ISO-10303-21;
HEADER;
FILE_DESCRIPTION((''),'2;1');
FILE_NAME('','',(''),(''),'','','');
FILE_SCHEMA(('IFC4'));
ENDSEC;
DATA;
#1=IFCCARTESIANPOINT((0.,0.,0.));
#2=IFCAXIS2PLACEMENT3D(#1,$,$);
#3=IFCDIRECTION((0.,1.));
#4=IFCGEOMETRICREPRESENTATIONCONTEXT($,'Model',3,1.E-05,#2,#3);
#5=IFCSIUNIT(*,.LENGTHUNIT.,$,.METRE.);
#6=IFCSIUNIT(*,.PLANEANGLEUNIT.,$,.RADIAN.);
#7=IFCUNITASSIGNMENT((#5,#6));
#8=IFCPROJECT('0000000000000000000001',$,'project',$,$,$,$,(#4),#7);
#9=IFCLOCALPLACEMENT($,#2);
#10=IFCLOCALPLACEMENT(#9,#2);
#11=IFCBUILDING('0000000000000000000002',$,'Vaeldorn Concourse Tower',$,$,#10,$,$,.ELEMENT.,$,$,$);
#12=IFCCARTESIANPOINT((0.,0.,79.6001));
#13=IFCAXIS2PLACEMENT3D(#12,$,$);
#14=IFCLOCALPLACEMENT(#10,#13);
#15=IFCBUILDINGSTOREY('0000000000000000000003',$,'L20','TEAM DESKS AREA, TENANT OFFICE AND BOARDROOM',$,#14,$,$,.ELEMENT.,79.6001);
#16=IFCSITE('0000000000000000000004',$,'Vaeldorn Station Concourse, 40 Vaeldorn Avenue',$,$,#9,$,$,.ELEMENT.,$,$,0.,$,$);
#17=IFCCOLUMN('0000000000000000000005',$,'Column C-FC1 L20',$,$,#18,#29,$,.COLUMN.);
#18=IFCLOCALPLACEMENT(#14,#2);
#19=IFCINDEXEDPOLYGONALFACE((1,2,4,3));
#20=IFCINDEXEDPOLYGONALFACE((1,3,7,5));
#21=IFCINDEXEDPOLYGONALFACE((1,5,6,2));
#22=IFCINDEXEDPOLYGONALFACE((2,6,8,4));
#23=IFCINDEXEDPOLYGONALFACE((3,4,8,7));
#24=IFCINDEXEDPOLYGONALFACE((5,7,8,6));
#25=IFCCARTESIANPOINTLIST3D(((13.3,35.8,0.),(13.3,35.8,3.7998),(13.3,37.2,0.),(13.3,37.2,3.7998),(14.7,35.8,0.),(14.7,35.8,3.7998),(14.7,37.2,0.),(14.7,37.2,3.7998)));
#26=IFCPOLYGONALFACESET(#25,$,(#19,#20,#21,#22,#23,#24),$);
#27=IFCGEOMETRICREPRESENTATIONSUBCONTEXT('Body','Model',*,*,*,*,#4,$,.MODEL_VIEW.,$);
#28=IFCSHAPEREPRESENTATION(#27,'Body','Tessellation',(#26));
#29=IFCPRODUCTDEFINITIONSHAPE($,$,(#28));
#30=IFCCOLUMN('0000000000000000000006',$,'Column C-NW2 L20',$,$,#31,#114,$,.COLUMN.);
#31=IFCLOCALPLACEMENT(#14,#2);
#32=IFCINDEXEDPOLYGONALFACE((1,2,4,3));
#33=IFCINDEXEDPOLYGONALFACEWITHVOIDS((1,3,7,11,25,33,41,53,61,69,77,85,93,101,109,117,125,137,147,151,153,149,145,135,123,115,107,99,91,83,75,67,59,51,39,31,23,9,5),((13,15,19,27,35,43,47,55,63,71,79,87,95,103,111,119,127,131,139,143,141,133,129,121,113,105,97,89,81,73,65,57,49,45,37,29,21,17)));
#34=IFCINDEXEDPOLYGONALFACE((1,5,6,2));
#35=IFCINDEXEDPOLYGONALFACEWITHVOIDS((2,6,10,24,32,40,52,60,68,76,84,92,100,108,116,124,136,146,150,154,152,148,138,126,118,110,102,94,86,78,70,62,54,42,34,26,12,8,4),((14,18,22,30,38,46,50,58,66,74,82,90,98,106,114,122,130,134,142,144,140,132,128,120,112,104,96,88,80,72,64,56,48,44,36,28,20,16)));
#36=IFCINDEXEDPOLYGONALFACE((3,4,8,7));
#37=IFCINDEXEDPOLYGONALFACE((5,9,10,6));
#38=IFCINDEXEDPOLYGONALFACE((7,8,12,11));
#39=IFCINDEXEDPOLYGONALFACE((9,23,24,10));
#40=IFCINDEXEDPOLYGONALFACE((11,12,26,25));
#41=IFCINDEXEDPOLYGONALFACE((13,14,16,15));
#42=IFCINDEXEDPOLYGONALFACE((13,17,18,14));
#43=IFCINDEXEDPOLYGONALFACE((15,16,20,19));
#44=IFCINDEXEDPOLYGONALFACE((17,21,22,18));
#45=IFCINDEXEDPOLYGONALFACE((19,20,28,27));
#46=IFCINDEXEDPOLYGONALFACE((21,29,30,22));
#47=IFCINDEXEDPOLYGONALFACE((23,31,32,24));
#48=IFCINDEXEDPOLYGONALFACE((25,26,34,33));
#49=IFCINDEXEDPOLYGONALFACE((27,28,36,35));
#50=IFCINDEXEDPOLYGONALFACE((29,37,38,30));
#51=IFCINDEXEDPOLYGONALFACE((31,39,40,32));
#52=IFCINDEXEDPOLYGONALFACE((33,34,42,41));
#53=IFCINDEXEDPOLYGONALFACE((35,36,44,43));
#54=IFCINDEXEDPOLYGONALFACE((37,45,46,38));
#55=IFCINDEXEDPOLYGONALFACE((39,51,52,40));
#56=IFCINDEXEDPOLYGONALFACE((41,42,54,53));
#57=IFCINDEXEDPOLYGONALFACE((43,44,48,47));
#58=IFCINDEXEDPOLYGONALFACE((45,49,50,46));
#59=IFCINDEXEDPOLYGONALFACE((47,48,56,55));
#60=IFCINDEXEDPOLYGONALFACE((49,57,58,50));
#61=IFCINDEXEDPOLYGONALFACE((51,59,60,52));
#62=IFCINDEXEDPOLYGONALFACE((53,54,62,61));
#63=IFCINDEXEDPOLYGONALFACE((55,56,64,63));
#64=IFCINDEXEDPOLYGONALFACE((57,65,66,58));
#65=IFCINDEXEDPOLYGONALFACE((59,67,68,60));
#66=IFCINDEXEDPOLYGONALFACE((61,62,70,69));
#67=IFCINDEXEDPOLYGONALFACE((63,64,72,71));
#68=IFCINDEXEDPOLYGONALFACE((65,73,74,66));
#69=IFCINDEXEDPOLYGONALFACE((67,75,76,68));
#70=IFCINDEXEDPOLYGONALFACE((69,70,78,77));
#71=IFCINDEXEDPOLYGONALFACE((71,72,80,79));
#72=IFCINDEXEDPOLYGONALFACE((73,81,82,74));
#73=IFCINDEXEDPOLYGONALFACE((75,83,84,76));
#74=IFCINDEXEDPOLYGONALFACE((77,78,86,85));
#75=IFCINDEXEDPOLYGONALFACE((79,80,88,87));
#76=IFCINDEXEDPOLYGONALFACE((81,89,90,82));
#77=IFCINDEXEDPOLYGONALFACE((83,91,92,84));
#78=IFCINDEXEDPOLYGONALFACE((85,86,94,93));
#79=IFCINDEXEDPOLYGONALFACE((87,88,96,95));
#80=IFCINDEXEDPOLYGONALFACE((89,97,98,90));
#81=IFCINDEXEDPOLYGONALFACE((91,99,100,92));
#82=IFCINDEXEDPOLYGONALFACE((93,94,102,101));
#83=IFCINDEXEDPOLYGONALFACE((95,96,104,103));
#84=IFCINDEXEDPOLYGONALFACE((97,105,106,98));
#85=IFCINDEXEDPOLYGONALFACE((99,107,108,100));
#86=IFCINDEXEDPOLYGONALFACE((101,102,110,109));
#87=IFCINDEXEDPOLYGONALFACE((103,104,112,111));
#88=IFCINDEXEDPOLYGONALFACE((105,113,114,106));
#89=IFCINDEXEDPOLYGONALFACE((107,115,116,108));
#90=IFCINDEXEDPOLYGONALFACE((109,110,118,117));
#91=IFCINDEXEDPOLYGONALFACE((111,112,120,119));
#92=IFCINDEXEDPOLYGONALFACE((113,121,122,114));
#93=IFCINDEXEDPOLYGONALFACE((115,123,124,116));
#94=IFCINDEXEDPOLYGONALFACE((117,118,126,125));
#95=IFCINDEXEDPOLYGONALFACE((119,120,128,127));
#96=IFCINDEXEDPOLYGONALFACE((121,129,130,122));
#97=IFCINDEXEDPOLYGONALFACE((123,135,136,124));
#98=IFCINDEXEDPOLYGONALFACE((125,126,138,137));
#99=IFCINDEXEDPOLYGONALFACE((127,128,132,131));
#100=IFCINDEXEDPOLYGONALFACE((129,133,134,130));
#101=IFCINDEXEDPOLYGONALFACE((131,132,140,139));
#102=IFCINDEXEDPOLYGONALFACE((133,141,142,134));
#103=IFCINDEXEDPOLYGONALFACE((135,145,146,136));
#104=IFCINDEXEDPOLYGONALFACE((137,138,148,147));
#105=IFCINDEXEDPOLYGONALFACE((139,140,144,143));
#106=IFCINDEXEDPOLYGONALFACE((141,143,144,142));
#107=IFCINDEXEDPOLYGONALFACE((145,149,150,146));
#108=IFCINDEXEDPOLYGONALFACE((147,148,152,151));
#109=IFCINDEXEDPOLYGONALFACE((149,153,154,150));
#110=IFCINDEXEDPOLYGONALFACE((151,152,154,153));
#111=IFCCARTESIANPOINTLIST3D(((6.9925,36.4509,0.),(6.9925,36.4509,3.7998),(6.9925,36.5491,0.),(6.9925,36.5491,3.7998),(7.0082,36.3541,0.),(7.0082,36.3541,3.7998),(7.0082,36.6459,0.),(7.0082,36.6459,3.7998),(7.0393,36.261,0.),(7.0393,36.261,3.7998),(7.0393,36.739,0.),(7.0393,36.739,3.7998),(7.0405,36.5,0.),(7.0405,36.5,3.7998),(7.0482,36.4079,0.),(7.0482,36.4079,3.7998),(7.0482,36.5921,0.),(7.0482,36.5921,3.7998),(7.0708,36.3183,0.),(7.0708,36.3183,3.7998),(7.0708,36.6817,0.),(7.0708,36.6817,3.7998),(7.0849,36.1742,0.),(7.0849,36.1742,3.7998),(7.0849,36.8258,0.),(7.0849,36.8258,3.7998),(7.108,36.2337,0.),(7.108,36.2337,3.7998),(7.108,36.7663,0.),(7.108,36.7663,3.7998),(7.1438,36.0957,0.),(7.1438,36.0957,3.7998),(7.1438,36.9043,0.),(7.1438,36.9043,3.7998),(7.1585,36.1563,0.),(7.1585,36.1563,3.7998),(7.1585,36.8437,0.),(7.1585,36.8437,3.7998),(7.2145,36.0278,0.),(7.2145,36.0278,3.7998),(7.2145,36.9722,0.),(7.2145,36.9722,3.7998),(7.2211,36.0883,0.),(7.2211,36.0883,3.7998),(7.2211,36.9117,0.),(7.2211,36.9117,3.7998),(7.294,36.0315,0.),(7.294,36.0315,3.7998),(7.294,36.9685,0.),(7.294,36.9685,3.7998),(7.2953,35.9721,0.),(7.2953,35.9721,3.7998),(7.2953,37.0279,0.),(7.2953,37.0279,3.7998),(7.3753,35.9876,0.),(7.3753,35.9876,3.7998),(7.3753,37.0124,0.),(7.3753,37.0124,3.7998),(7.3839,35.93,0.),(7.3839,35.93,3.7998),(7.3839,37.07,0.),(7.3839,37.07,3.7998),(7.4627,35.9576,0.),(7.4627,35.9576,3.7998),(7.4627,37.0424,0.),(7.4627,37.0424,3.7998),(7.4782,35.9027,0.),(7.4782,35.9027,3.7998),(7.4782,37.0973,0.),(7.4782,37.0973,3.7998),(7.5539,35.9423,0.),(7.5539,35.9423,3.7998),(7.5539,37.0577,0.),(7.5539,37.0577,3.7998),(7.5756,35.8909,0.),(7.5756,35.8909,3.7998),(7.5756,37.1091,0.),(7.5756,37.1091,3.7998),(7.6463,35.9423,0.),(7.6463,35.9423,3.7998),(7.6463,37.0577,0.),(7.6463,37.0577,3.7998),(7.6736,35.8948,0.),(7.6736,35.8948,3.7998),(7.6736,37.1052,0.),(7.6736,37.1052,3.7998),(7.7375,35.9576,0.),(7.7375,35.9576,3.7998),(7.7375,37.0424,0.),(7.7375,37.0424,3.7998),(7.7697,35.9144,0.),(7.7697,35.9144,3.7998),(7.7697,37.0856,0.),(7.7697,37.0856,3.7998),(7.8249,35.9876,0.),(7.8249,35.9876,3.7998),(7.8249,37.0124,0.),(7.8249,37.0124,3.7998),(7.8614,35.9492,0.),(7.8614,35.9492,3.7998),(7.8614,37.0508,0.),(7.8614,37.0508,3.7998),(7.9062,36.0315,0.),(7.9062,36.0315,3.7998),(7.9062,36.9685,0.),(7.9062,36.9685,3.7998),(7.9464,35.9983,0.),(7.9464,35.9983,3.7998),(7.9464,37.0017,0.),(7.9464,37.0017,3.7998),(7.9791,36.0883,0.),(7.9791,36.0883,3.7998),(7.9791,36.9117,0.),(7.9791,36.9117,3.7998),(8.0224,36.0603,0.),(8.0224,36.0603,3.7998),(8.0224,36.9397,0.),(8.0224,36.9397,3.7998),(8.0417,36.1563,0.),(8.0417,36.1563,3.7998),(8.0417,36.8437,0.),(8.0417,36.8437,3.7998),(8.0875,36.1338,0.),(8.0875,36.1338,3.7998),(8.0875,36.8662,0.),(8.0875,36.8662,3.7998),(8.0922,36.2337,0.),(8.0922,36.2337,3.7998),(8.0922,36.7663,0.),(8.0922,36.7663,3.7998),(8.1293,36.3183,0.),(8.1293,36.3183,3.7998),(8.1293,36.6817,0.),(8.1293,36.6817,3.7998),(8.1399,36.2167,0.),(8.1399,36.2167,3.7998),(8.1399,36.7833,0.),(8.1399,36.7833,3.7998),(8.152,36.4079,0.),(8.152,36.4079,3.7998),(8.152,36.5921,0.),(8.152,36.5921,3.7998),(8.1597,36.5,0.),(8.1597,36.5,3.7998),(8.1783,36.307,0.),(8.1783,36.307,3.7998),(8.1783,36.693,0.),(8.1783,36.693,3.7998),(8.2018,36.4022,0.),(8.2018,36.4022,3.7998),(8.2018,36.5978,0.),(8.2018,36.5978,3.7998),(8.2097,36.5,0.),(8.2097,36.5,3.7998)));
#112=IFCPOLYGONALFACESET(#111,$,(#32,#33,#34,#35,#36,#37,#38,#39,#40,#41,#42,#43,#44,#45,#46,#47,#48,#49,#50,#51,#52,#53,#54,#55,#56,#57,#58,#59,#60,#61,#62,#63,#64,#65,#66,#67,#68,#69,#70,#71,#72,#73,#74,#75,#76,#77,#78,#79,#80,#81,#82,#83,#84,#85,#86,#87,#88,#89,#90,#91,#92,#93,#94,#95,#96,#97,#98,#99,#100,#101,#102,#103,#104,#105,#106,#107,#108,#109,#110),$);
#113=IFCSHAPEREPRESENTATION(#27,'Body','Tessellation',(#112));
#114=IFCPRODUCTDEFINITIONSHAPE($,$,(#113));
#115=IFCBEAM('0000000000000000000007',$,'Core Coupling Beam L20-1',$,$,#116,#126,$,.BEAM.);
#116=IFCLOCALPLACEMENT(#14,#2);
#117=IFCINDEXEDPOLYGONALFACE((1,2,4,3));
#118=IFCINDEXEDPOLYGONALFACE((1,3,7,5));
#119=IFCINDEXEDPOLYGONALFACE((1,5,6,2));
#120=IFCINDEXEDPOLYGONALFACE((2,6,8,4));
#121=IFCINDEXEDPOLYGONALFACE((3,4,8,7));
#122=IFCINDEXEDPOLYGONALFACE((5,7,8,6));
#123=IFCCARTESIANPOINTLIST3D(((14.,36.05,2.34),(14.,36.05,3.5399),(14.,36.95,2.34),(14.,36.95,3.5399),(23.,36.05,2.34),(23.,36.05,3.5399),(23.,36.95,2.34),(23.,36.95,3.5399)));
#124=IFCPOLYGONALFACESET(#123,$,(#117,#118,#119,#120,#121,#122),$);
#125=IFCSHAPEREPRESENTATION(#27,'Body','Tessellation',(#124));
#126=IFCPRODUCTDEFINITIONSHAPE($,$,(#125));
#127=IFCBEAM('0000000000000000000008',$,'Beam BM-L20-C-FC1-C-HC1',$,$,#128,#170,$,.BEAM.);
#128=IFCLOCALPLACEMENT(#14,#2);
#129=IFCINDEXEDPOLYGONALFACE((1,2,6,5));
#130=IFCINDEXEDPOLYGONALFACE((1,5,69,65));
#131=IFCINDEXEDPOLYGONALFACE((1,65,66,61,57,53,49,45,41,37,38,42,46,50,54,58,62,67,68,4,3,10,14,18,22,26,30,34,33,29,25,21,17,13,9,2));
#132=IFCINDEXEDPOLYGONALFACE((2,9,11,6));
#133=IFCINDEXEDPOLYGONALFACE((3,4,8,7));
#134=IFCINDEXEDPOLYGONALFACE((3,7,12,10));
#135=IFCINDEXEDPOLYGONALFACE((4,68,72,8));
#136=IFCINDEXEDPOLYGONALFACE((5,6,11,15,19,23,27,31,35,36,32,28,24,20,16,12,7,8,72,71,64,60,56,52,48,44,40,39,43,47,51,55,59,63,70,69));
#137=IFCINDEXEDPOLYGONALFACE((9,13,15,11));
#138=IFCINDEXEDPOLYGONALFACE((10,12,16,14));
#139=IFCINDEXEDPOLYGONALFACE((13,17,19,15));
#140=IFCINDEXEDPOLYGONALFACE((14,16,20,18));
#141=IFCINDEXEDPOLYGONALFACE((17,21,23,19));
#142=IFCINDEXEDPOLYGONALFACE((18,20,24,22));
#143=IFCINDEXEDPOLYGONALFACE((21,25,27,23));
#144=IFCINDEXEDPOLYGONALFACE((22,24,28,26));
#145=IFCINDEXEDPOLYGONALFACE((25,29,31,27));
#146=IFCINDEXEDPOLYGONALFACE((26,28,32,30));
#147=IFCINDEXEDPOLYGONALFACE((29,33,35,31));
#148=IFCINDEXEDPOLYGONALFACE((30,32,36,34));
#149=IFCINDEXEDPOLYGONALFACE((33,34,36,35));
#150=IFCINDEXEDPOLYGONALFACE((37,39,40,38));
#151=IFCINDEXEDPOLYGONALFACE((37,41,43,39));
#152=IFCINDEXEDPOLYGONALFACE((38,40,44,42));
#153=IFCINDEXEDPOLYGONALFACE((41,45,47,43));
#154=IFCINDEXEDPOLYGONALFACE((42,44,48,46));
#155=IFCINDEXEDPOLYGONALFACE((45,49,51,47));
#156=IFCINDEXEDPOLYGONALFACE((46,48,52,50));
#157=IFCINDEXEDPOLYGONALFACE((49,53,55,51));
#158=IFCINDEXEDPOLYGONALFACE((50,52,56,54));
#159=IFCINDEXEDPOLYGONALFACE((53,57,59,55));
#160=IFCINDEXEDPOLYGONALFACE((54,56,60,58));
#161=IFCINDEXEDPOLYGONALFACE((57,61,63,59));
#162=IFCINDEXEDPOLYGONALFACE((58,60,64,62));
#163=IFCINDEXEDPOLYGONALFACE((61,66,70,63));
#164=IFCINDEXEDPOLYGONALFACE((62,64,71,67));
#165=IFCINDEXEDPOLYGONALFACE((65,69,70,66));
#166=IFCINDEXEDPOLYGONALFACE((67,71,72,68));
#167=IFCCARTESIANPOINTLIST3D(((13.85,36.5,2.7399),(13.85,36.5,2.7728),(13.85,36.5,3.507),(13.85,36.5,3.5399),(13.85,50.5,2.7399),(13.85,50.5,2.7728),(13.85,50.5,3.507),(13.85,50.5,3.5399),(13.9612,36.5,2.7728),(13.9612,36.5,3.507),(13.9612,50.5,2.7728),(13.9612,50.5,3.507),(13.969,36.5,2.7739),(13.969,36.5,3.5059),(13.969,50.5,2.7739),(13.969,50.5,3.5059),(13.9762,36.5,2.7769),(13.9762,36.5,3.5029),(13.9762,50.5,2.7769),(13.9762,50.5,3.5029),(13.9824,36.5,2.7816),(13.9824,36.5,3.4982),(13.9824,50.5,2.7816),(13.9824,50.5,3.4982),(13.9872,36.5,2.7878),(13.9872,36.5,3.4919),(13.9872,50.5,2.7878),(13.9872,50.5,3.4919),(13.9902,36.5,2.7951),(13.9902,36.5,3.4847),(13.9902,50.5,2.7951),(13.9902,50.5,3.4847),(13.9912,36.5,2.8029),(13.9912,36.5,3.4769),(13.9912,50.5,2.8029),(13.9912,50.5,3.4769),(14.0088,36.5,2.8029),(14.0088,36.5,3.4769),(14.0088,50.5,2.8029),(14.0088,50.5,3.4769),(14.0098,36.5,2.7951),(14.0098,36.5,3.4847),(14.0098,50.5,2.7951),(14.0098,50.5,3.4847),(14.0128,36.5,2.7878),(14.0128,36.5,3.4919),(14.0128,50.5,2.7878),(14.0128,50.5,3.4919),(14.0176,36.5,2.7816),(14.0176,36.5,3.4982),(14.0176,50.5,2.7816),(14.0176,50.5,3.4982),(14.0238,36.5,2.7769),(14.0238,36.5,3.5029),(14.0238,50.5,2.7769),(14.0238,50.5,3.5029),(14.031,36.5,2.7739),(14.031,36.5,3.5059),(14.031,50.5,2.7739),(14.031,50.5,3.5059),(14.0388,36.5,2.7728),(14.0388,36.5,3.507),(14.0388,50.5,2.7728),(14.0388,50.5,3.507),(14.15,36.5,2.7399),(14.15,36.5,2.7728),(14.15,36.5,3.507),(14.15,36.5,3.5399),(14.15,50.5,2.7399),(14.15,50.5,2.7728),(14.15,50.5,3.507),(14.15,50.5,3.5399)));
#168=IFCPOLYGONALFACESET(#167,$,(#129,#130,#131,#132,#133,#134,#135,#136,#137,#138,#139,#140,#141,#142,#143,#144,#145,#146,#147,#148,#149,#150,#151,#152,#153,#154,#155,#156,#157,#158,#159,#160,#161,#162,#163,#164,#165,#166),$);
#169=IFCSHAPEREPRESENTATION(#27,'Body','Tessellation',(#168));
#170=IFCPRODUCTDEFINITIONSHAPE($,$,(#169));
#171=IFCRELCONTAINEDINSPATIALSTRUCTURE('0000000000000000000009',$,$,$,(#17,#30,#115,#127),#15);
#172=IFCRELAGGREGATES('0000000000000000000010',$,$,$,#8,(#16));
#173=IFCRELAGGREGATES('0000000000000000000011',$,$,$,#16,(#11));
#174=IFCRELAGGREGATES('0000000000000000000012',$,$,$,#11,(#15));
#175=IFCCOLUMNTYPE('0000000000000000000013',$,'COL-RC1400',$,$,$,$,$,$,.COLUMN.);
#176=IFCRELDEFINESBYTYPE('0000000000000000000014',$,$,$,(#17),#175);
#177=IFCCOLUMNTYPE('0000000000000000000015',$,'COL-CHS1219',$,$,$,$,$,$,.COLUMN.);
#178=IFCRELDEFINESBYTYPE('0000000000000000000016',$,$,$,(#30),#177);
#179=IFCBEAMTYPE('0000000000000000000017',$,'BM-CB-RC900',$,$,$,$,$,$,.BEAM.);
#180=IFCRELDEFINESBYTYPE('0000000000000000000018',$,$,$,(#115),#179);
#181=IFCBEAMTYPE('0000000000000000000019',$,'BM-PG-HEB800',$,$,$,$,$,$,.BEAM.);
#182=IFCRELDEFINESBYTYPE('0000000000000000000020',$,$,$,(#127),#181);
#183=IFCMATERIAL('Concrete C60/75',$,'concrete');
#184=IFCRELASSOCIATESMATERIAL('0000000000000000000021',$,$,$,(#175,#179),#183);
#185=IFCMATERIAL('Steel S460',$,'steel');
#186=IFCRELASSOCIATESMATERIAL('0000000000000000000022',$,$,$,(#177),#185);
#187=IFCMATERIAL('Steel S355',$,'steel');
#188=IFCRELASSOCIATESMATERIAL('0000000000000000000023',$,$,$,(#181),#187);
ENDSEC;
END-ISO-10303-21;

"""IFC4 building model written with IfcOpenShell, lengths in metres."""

from ifc_helpers import new_model, si_unit, direction, frame, origin, origin_2d, place, context, subcontext, project, spatial, rectangle, hollow_circle, i_section, extrude, source, transform, mapped, material, material_profile, profile_set, type_object, element, save


model = new_model("IFC4")

# Units and contexts
model_context = context("Model", 3, precision=1e-05, world=origin(), true_north=direction((0.0, 1.0)))
body_context = subcontext(model_context, "Body", "Model", "MODEL_VIEW")
ifc_project = project(units=[si_unit("LENGTHUNIT", "METRE"), si_unit("PLANEANGLEUNIT", "RADIAN")], contexts=[model_context])

# Site, building, storey
site_placement = place(None, origin())
site = spatial("IfcSite", under=ifc_project, at=site_placement, Name="Vaeldorn Station Concourse, 40 Vaeldorn Avenue", CompositionType="ELEMENT", RefElevation=0.0)
building_placement = place(site_placement, origin())
building = spatial("IfcBuilding", under=site, at=building_placement, Name="Vaeldorn Concourse Tower", CompositionType="ELEMENT")
storey_placement = place(building_placement, frame((0.0, 0.0, 79.6001)))
storey = spatial("IfcBuildingStorey", under=building, at=storey_placement, Name="L20", Description="TEAM DESKS AREA, TENANT OFFICE AND BOARDROOM", CompositionType="ELEMENT", Elevation=79.6001)

# Columns
ifc_material_1 = material(Name="Concrete C60/75", Category="concrete")
ifc_material_profile_1 = material_profile(ifc_material_1, rectangle(XDim=1.3999, YDim=1.3999, at=origin_2d()), Name="RC 1400x1400")
ifc_profile_set_1 = profile_set([ifc_material_profile_1], Name="Concrete C60/75")
column_type_1 = type_object("IfcColumnType", Name="COL-RC1400", PredefinedType="COLUMN", material=ifc_profile_set_1)
shared_shape_1 = source(origin(), body_context, "Body", "SweptSolid", [
    extrude(rectangle(XDim=1.3999, YDim=1.3999, at=origin_2d()), origin(), (0.0, 0.0, 1.0), 3.7998),
])
column_1_placement = place(storey_placement, frame((14.0, 36.5, 0.0), z_axis=(0.0, 0.0, 1.0), x_axis=(1.0, 0.0, 0.0)))
element("IfcColumn", 1, at=column_1_placement, inside=storey, type_object=column_type_1, Name="Column C-FC1 L20", PredefinedType="COLUMN", context=body_context, shape_type="MappedRepresentation", body=[
    mapped(shared_shape_1, transform((0.0, 0.0, 0.0), scale=1.0)),
])
ifc_material_2 = material(Name="Steel S460", Category="steel")
ifc_material_profile_2 = material_profile(ifc_material_2, hollow_circle(Radius=0.6096, WallThickness=0.05, at=origin_2d()), Name="CHS 1219x50")
ifc_profile_set_2 = profile_set([ifc_material_profile_2], Name="Steel S460")
column_type_2 = type_object("IfcColumnType", Name="COL-CHS1219", PredefinedType="COLUMN", material=ifc_profile_set_2)
shared_shape_2 = source(origin(), body_context, "Body", "SweptSolid", [
    extrude(hollow_circle(Radius=0.6096, WallThickness=0.05, at=origin_2d()), origin(), (0.0, 0.0, 1.0), 3.7998),
])
column_2_placement = place(storey_placement, frame((7.6001, 36.5, 0.0), z_axis=(0.0, 0.0, 1.0), x_axis=(1.0, 0.0, 0.0)))
element("IfcColumn", 2, at=column_2_placement, inside=storey, type_object=column_type_2, Name="Column C-NW2 L20", PredefinedType="COLUMN", context=body_context, shape_type="MappedRepresentation", body=[
    mapped(shared_shape_2, transform((0.0, 0.0, 0.0), scale=1.0)),
])

# Beams
ifc_material_profile_3 = material_profile(ifc_material_1, rectangle(XDim=0.8999, YDim=1.2, at=origin_2d()), Name="RC 900x1200")
ifc_profile_set_3 = profile_set([ifc_material_profile_3], Name="Concrete C60/75")
beam_type_1 = type_object("IfcBeamType", Name="BM-CB-RC900", PredefinedType="BEAM", material=ifc_profile_set_3)
shared_shape_3 = source(origin(), body_context, "Body", "SweptSolid", [
    extrude(rectangle(XDim=0.8999, YDim=1.2, at=origin_2d()), origin(), (0.0, 0.0, 1.0), 9.0),
])
beam_1_placement = place(storey_placement, frame((14.0, 36.5, 2.9399), z_axis=(1.0, 0.0, 0.0), x_axis=(0.0, 1.0, 0.0)))
element("IfcBeam", 3, at=beam_1_placement, inside=storey, type_object=beam_type_1, Name="Core Coupling Beam L20-1", PredefinedType="BEAM", context=body_context, shape_type="MappedRepresentation", body=[
    mapped(shared_shape_3, transform((0.0, 0.0, 0.0), scale=1.0)),
])
ifc_material_3 = material(Name="Steel S355", Category="steel")
ifc_material_profile_4 = material_profile(ifc_material_3, i_section(OverallWidth=0.3, OverallDepth=0.8, WebThickness=0.0176, FlangeThickness=0.033, FilletRadius=0.03, at=origin_2d()), Name="HEB 800")
ifc_profile_set_4 = profile_set([ifc_material_profile_4], Name="Steel S355")
beam_type_2 = type_object("IfcBeamType", Name="BM-PG-HEB800", PredefinedType="BEAM", material=ifc_profile_set_4)
shared_shape_4 = source(origin(), body_context, "Body", "SweptSolid", [
    extrude(i_section(OverallWidth=0.3, OverallDepth=0.8, WebThickness=0.0176, FlangeThickness=0.033, FilletRadius=0.03, at=origin_2d()), origin(), (0.0, 0.0, 1.0), 14.0),
])
beam_2_placement = place(storey_placement, frame((14.0, 36.5, 3.1399), z_axis=(0.0, 1.0, 0.0), x_axis=(-1.0, 0.0, 0.0)))
element("IfcBeam", 4, at=beam_2_placement, inside=storey, type_object=beam_type_2, Name="Beam BM-L20-C-FC1-C-HC1", PredefinedType="BEAM", context=body_context, shape_type="MappedRepresentation", body=[
    mapped(shared_shape_4, transform((0.0, 0.0, 0.0), scale=1.0)),
])

save(model, "model.ifc")
